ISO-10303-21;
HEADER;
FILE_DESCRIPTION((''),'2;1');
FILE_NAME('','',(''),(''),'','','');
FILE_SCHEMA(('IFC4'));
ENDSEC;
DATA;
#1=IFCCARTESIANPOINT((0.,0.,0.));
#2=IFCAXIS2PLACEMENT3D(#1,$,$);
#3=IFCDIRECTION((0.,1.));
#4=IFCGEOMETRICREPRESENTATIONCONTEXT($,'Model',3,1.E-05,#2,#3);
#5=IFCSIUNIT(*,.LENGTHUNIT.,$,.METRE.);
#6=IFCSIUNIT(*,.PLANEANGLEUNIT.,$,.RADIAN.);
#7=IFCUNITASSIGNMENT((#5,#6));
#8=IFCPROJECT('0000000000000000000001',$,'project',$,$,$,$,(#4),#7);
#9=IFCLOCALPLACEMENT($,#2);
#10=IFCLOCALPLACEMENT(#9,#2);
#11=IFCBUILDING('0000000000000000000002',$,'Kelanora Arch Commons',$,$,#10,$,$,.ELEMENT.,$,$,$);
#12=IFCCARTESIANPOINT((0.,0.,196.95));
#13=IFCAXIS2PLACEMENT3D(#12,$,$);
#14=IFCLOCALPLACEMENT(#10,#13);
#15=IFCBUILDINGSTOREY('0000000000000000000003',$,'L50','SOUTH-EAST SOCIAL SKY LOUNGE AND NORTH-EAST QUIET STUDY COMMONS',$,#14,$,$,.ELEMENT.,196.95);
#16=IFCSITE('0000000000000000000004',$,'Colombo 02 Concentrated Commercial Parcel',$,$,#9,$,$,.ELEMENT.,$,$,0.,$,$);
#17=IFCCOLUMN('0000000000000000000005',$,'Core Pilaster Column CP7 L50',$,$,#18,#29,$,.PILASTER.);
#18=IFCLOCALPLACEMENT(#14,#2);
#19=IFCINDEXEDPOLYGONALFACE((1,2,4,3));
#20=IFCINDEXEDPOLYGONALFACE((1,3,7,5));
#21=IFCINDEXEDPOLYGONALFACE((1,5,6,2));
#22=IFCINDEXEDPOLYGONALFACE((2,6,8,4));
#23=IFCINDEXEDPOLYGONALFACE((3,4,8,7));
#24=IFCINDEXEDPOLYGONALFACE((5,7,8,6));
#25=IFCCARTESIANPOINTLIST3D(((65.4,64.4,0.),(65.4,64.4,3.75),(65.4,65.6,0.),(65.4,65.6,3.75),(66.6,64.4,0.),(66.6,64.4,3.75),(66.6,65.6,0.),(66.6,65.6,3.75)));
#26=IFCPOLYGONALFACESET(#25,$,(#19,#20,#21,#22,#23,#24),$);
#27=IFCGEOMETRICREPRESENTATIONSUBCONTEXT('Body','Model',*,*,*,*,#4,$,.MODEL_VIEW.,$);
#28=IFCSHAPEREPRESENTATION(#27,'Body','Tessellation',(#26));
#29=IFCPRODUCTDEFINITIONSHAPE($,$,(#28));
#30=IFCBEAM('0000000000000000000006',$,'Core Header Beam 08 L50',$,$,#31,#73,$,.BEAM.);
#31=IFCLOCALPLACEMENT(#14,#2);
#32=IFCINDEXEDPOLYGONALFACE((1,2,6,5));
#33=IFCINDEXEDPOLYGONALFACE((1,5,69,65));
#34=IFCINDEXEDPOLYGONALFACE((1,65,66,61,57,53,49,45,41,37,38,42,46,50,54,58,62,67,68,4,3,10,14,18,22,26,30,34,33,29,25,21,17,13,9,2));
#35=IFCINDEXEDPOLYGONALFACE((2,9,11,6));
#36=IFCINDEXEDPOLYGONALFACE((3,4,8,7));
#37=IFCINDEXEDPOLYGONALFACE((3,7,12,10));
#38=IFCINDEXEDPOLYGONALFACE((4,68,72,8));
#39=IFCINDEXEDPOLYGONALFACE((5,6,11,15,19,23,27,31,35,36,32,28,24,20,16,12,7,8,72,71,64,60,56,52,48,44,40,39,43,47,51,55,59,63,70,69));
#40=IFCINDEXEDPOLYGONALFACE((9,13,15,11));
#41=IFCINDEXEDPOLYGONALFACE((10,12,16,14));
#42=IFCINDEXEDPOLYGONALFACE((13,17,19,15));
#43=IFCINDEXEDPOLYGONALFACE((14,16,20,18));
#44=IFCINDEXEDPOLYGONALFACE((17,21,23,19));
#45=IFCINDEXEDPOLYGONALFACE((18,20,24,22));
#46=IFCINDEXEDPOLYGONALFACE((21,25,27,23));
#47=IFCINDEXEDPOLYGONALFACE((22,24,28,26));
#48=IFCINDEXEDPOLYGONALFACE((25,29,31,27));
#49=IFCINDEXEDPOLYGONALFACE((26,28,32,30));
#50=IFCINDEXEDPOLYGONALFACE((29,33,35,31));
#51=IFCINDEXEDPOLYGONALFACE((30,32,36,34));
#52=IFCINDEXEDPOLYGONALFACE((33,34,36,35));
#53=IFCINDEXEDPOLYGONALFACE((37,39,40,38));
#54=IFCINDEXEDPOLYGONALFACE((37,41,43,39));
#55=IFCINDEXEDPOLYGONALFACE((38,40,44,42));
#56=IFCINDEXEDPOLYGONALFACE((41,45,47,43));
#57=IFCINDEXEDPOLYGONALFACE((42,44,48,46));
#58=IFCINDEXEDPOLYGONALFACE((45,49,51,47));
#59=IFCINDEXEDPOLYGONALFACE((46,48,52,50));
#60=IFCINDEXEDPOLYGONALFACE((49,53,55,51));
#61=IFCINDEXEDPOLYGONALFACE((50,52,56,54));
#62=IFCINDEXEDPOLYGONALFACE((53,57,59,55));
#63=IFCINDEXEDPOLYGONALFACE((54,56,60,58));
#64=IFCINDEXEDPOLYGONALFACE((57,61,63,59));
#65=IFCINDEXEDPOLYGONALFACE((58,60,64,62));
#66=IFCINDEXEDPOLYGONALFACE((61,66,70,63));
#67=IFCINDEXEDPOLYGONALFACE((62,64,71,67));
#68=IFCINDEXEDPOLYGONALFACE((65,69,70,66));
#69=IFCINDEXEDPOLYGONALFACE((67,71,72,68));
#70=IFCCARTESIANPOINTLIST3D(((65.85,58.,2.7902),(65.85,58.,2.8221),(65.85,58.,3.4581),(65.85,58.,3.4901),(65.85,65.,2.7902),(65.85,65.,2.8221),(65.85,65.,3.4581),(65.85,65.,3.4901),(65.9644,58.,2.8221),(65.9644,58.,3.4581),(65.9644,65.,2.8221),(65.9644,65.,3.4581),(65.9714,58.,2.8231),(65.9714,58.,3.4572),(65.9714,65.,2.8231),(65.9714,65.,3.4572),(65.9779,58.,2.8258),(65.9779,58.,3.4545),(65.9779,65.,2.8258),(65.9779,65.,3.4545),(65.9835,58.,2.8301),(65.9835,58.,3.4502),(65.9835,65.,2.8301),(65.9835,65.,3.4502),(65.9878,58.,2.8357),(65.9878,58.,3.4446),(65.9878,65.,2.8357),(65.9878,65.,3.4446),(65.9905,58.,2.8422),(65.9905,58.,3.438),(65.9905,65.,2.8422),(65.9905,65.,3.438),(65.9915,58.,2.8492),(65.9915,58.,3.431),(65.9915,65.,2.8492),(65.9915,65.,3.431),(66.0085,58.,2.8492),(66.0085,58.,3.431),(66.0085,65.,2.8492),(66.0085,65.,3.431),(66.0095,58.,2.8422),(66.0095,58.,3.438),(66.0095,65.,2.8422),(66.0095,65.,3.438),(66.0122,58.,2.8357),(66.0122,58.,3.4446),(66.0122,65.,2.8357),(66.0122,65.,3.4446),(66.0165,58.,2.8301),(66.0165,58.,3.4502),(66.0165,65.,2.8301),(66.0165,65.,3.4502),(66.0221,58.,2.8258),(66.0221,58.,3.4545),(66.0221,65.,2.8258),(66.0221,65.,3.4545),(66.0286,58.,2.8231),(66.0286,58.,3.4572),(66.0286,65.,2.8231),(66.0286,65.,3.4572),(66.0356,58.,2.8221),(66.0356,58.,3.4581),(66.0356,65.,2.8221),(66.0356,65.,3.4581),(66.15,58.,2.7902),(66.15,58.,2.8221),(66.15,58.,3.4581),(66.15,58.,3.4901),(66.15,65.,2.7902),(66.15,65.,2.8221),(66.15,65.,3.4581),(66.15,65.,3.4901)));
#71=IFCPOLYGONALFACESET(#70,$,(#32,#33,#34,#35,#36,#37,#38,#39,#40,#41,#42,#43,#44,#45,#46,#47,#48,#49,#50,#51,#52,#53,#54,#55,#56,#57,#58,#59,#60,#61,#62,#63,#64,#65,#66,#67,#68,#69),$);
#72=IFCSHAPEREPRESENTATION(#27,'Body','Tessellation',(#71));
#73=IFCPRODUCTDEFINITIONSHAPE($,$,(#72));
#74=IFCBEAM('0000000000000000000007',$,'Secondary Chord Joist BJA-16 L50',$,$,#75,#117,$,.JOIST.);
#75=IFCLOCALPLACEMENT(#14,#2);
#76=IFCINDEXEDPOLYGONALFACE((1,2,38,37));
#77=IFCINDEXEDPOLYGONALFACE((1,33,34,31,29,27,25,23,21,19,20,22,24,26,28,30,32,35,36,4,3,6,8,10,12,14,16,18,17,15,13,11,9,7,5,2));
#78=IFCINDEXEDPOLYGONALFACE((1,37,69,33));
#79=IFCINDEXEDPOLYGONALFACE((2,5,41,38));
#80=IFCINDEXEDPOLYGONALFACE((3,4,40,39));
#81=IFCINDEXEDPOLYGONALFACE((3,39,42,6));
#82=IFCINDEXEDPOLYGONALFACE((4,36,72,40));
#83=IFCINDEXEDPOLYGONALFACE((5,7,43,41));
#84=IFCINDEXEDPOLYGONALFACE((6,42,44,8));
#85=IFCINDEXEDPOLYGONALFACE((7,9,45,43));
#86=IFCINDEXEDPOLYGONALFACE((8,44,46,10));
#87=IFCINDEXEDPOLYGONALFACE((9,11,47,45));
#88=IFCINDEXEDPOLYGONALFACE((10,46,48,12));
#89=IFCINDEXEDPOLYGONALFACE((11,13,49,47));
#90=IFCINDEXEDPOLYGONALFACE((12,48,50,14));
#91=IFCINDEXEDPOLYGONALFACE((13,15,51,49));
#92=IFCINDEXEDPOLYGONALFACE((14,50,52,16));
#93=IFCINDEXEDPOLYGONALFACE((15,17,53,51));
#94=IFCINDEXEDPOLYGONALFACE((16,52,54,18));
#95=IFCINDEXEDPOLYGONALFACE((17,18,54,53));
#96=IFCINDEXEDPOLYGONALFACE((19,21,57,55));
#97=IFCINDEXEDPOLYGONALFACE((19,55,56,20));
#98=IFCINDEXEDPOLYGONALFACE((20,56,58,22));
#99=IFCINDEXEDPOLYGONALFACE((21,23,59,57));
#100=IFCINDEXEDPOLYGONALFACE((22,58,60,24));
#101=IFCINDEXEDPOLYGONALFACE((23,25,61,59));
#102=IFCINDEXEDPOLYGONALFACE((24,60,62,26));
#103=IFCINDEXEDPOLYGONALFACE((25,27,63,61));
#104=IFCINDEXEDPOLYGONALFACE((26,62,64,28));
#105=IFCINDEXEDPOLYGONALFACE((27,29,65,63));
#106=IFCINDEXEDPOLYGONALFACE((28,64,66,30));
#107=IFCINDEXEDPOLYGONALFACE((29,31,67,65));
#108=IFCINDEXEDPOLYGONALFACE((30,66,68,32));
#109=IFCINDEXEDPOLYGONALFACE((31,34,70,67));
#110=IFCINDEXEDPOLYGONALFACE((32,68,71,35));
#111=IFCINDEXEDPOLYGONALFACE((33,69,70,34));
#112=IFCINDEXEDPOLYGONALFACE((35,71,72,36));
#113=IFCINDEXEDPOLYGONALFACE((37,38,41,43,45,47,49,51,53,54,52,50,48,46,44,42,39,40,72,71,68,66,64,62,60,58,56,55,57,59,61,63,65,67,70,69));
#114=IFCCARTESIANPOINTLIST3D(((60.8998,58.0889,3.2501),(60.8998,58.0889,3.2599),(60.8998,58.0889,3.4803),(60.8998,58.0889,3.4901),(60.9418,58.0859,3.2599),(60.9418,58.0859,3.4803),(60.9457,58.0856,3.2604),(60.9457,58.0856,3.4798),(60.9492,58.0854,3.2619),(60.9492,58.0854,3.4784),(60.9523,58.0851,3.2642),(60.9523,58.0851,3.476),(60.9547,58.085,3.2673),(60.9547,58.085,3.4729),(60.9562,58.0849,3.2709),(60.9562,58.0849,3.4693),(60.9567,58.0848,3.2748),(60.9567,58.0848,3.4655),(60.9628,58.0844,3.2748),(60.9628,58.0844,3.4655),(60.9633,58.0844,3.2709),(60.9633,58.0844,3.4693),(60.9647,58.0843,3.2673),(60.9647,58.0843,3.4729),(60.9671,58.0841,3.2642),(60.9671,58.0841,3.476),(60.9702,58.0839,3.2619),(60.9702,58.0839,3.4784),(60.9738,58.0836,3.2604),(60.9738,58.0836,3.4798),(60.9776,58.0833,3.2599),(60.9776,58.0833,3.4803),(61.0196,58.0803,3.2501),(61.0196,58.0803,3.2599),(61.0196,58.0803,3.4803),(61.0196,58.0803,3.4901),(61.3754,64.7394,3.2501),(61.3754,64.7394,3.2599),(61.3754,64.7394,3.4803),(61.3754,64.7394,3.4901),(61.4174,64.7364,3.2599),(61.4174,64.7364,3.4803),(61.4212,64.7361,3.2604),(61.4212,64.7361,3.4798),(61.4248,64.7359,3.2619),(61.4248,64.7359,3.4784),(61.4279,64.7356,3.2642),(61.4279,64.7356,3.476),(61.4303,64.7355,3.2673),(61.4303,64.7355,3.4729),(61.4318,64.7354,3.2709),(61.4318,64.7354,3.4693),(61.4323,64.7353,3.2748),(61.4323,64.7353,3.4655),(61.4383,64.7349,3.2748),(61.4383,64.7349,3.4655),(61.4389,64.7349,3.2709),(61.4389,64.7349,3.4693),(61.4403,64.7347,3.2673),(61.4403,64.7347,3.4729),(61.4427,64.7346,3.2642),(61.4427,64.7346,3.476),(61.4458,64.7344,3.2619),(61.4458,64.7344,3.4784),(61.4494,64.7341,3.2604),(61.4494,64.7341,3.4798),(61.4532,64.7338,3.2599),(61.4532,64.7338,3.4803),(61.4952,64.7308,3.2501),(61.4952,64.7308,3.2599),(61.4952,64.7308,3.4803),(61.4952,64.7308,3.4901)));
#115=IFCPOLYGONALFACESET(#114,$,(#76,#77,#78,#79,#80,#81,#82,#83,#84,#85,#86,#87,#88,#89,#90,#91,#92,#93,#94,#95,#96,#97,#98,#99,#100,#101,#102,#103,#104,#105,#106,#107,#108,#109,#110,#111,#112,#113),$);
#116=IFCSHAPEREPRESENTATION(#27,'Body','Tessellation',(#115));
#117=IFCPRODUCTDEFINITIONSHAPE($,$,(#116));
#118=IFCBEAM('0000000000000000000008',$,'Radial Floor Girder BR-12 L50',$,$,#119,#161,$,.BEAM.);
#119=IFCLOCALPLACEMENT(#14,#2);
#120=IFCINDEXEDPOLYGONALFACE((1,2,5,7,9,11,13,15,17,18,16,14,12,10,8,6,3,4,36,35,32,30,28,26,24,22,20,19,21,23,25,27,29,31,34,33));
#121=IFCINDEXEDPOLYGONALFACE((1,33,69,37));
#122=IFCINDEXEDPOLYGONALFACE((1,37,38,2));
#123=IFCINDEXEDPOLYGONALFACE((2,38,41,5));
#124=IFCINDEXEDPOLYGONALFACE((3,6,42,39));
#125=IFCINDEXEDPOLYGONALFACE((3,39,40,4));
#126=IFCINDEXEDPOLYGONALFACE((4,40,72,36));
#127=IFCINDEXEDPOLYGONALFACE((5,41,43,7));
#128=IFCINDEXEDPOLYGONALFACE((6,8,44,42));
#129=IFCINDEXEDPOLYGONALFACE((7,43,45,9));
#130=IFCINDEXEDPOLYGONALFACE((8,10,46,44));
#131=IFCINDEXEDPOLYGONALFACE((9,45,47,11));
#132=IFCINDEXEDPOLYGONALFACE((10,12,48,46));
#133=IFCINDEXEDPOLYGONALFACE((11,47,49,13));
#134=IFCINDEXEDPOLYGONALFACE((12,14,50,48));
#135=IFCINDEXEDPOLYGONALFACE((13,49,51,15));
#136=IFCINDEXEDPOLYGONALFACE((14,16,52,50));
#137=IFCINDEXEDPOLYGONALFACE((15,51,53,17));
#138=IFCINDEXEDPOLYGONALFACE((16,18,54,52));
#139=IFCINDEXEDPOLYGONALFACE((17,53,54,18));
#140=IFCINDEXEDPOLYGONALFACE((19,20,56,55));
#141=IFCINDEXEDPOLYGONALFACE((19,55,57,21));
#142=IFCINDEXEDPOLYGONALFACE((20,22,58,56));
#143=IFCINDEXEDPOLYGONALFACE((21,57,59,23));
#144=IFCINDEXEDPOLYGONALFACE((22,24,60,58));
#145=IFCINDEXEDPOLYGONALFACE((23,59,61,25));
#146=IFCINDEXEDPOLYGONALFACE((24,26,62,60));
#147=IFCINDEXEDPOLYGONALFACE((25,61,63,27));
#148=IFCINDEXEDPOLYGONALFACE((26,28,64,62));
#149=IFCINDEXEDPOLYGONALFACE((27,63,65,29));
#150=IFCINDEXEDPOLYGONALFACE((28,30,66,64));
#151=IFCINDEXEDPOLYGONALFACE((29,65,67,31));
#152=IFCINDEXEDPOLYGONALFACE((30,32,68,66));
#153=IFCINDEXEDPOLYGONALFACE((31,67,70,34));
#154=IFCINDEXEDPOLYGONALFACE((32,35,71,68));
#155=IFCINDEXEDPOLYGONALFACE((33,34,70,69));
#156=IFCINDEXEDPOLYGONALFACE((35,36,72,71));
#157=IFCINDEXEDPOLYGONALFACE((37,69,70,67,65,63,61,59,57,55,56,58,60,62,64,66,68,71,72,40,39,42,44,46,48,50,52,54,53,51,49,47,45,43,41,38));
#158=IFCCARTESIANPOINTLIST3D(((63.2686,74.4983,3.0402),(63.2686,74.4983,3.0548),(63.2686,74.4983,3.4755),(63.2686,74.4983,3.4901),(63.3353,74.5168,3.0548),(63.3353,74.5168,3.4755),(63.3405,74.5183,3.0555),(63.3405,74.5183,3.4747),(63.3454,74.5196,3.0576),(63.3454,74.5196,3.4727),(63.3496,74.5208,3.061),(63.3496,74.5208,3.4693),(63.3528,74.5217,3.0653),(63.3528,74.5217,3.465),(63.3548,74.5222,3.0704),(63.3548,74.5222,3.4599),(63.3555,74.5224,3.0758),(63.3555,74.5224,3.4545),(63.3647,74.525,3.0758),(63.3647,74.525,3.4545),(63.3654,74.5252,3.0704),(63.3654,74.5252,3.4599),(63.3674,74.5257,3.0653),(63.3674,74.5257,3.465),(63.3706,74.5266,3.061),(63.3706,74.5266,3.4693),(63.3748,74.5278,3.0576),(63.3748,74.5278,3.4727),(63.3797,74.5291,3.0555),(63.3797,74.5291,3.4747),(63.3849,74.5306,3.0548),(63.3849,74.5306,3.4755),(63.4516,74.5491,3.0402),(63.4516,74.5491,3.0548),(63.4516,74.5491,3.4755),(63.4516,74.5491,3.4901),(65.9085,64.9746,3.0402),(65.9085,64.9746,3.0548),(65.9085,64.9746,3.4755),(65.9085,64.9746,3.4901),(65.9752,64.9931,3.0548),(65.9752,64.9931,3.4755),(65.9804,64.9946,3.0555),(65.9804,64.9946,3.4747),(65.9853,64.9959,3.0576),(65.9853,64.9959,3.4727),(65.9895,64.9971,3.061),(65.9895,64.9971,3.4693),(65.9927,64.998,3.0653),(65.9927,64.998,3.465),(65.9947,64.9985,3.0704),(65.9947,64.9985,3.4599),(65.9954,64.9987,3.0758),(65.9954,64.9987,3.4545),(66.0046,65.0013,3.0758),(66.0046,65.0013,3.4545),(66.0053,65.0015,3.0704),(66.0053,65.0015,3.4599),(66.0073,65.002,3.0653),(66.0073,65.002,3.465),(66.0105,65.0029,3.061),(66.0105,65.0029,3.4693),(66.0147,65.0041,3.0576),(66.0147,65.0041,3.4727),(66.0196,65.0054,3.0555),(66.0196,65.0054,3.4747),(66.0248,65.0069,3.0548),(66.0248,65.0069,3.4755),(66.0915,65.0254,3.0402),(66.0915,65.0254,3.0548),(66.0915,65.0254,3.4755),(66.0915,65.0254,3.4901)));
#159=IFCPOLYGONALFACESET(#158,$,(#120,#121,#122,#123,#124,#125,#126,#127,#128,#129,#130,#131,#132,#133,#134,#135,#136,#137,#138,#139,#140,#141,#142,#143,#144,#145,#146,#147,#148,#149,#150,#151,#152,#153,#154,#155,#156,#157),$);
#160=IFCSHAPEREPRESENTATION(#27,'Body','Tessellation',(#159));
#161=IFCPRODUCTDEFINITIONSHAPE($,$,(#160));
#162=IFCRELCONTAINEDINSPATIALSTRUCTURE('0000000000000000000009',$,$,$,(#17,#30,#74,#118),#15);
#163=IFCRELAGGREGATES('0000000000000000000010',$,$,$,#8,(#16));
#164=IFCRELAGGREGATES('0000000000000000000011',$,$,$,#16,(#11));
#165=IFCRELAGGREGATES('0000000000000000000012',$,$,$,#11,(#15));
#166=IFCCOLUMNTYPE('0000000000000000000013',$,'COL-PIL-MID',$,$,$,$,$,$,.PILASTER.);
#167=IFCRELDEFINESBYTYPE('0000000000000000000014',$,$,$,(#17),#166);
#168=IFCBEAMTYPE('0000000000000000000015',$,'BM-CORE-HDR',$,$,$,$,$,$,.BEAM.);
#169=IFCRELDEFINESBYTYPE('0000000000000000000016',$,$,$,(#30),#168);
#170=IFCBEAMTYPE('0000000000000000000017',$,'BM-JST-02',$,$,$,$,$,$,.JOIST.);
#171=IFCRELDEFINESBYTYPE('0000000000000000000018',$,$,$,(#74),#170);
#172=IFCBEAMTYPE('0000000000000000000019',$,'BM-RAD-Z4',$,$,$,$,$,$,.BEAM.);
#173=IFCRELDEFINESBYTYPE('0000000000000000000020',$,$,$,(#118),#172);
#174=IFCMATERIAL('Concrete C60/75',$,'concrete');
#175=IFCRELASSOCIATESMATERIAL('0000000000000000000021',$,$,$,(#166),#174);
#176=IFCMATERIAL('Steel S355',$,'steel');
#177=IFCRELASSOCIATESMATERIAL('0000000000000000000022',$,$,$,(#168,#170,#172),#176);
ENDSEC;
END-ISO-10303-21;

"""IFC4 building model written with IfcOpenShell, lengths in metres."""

from ifc_helpers import new_model, si_unit, direction, frame, origin, origin_2d, place, context, subcontext, project, spatial, rectangle, i_section, extrude, material, material_profile, profile_set, type_object, element, save


model = new_model("IFC4")

# Units and contexts
model_context = context("Model", 3, precision=1e-05, world=origin(), true_north=direction((0.0, 1.0)))
body_context = subcontext(model_context, "Body", "Model", "MODEL_VIEW")
ifc_project = project(units=[si_unit("LENGTHUNIT", "METRE"), si_unit("PLANEANGLEUNIT", "RADIAN")], contexts=[model_context])

# Site, building, storey
site_placement = place(None, origin())
site = spatial("IfcSite", under=ifc_project, at=site_placement, Name="Colombo 02 Concentrated Commercial Parcel", CompositionType="ELEMENT", RefElevation=0.0)
building_placement = place(site_placement, origin())
building = spatial("IfcBuilding", under=site, at=building_placement, Name="Kelanora Arch Commons", CompositionType="ELEMENT")
storey_placement = place(building_placement, frame((0.0, 0.0, 196.95)))
storey = spatial("IfcBuildingStorey", under=building, at=storey_placement, Name="L50", Description="SOUTH-EAST SOCIAL SKY LOUNGE AND NORTH-EAST QUIET STUDY COMMONS", CompositionType="ELEMENT", Elevation=196.95)

# Column
ifc_material_1 = material(Name="Concrete C60/75", Category="concrete")
ifc_material_profile_1 = material_profile(ifc_material_1, rectangle(XDim=1.2, YDim=1.2, at=origin_2d()), Name="RC1200x1200")
ifc_profile_set_1 = profile_set([ifc_material_profile_1], Name="Concrete C60/75")
column_type = type_object("IfcColumnType", Name="COL-PIL-MID", PredefinedType="PILASTER", material=ifc_profile_set_1)
column_placement = place(storey_placement, frame((66.0, 65.0, 0.0), z_axis=(0.0, 0.0, 1.0), x_axis=(1.0, 0.0, 0.0)))
element("IfcColumn", 1, at=column_placement, inside=storey, type_object=column_type, Name="Core Pilaster Column CP7 L50", PredefinedType="PILASTER", context=body_context, shape_type="SweptSolid", body=[
    extrude(rectangle(XDim=1.2, YDim=1.2, at=origin_2d()), origin(), (0.0, 0.0, 1.0), 3.75),
])

# Beams
ifc_material_2 = material(Name="Steel S355", Category="steel")
ifc_material_profile_2 = material_profile(ifc_material_2, i_section(OverallWidth=0.3, OverallDepth=0.7, WebThickness=0.0171, FlangeThickness=0.032, FilletRadius=0.0271, at=origin_2d()), Name="HEB700")
ifc_profile_set_2 = profile_set([ifc_material_profile_2], Name="Steel S355")
beam_type_1 = type_object("IfcBeamType", Name="BM-CORE-HDR", PredefinedType="BEAM", material=ifc_profile_set_2)
beam_1_placement = place(storey_placement, frame((66.0, 65.0, 3.1401), z_axis=(0.0, -1.0, 0.0), x_axis=(1.0, 0.0, 0.0)))
element("IfcBeam", 2, at=beam_1_placement, inside=storey, type_object=beam_type_1, Name="Core Header Beam 08 L50", PredefinedType="BEAM", context=body_context, shape_type="SweptSolid", body=[
    extrude(i_section(OverallWidth=0.3, OverallDepth=0.7, WebThickness=0.0171, FlangeThickness=0.032, FilletRadius=0.0271, at=origin_2d()), origin(), (0.0, 0.0, 1.0), 7.0),
])
ifc_material_profile_3 = material_profile(ifc_material_2, i_section(OverallWidth=0.1201, OverallDepth=0.24, WebThickness=0.0061, FlangeThickness=0.0098, FilletRadius=0.0149, at=origin_2d()), Name="IPE240")
ifc_profile_set_3 = profile_set([ifc_material_profile_3], Name="Steel S355")
beam_type_2 = type_object("IfcBeamType", Name="BM-JST-02", PredefinedType="JOIST", material=ifc_profile_set_3)
beam_2_placement = place(storey_placement, frame((61.4353, 64.7351, 3.3701), z_axis=(-0.07133, -0.997453, 0.0), x_axis=(0.997453, -0.07133, 0.0)))
element("IfcBeam", 3, at=beam_2_placement, inside=storey, type_object=beam_type_2, Name="Secondary Chord Joist BJA-16 L50", PredefinedType="JOIST", context=body_context, shape_type="SweptSolid", body=[
    extrude(i_section(OverallWidth=0.1201, OverallDepth=0.24, WebThickness=0.0061, FlangeThickness=0.0098, FilletRadius=0.0149, at=origin_2d()), origin(), (0.0, 0.0, 1.0), 6.6675),
])
ifc_material_profile_4 = material_profile(ifc_material_2, i_section(OverallWidth=0.1899, OverallDepth=0.45, WebThickness=0.0095, FlangeThickness=0.0146, FilletRadius=0.021, at=origin_2d()), Name="IPE450")
ifc_profile_set_4 = profile_set([ifc_material_profile_4], Name="Steel S355")
beam_type_3 = type_object("IfcBeamType", Name="BM-RAD-Z4", PredefinedType="BEAM", material=ifc_profile_set_4)
beam_3_placement = place(storey_placement, frame((66.0, 65.0, 3.2651), z_axis=(-0.26712, 0.963663, 0.0), x_axis=(-0.963663, -0.26712, 0.0)))
element("IfcBeam", 4, at=beam_3_placement, inside=storey, type_object=beam_type_3, Name="Radial Floor Girder BR-12 L50", PredefinedType="BEAM", context=body_context, shape_type="SweptSolid", body=[
    extrude(i_section(OverallWidth=0.1899, OverallDepth=0.45, WebThickness=0.0095, FlangeThickness=0.0146, FilletRadius=0.021, at=origin_2d()), origin(), (0.0, 0.0, 1.0), 9.8828),
])

save(model, "model.ifc")
